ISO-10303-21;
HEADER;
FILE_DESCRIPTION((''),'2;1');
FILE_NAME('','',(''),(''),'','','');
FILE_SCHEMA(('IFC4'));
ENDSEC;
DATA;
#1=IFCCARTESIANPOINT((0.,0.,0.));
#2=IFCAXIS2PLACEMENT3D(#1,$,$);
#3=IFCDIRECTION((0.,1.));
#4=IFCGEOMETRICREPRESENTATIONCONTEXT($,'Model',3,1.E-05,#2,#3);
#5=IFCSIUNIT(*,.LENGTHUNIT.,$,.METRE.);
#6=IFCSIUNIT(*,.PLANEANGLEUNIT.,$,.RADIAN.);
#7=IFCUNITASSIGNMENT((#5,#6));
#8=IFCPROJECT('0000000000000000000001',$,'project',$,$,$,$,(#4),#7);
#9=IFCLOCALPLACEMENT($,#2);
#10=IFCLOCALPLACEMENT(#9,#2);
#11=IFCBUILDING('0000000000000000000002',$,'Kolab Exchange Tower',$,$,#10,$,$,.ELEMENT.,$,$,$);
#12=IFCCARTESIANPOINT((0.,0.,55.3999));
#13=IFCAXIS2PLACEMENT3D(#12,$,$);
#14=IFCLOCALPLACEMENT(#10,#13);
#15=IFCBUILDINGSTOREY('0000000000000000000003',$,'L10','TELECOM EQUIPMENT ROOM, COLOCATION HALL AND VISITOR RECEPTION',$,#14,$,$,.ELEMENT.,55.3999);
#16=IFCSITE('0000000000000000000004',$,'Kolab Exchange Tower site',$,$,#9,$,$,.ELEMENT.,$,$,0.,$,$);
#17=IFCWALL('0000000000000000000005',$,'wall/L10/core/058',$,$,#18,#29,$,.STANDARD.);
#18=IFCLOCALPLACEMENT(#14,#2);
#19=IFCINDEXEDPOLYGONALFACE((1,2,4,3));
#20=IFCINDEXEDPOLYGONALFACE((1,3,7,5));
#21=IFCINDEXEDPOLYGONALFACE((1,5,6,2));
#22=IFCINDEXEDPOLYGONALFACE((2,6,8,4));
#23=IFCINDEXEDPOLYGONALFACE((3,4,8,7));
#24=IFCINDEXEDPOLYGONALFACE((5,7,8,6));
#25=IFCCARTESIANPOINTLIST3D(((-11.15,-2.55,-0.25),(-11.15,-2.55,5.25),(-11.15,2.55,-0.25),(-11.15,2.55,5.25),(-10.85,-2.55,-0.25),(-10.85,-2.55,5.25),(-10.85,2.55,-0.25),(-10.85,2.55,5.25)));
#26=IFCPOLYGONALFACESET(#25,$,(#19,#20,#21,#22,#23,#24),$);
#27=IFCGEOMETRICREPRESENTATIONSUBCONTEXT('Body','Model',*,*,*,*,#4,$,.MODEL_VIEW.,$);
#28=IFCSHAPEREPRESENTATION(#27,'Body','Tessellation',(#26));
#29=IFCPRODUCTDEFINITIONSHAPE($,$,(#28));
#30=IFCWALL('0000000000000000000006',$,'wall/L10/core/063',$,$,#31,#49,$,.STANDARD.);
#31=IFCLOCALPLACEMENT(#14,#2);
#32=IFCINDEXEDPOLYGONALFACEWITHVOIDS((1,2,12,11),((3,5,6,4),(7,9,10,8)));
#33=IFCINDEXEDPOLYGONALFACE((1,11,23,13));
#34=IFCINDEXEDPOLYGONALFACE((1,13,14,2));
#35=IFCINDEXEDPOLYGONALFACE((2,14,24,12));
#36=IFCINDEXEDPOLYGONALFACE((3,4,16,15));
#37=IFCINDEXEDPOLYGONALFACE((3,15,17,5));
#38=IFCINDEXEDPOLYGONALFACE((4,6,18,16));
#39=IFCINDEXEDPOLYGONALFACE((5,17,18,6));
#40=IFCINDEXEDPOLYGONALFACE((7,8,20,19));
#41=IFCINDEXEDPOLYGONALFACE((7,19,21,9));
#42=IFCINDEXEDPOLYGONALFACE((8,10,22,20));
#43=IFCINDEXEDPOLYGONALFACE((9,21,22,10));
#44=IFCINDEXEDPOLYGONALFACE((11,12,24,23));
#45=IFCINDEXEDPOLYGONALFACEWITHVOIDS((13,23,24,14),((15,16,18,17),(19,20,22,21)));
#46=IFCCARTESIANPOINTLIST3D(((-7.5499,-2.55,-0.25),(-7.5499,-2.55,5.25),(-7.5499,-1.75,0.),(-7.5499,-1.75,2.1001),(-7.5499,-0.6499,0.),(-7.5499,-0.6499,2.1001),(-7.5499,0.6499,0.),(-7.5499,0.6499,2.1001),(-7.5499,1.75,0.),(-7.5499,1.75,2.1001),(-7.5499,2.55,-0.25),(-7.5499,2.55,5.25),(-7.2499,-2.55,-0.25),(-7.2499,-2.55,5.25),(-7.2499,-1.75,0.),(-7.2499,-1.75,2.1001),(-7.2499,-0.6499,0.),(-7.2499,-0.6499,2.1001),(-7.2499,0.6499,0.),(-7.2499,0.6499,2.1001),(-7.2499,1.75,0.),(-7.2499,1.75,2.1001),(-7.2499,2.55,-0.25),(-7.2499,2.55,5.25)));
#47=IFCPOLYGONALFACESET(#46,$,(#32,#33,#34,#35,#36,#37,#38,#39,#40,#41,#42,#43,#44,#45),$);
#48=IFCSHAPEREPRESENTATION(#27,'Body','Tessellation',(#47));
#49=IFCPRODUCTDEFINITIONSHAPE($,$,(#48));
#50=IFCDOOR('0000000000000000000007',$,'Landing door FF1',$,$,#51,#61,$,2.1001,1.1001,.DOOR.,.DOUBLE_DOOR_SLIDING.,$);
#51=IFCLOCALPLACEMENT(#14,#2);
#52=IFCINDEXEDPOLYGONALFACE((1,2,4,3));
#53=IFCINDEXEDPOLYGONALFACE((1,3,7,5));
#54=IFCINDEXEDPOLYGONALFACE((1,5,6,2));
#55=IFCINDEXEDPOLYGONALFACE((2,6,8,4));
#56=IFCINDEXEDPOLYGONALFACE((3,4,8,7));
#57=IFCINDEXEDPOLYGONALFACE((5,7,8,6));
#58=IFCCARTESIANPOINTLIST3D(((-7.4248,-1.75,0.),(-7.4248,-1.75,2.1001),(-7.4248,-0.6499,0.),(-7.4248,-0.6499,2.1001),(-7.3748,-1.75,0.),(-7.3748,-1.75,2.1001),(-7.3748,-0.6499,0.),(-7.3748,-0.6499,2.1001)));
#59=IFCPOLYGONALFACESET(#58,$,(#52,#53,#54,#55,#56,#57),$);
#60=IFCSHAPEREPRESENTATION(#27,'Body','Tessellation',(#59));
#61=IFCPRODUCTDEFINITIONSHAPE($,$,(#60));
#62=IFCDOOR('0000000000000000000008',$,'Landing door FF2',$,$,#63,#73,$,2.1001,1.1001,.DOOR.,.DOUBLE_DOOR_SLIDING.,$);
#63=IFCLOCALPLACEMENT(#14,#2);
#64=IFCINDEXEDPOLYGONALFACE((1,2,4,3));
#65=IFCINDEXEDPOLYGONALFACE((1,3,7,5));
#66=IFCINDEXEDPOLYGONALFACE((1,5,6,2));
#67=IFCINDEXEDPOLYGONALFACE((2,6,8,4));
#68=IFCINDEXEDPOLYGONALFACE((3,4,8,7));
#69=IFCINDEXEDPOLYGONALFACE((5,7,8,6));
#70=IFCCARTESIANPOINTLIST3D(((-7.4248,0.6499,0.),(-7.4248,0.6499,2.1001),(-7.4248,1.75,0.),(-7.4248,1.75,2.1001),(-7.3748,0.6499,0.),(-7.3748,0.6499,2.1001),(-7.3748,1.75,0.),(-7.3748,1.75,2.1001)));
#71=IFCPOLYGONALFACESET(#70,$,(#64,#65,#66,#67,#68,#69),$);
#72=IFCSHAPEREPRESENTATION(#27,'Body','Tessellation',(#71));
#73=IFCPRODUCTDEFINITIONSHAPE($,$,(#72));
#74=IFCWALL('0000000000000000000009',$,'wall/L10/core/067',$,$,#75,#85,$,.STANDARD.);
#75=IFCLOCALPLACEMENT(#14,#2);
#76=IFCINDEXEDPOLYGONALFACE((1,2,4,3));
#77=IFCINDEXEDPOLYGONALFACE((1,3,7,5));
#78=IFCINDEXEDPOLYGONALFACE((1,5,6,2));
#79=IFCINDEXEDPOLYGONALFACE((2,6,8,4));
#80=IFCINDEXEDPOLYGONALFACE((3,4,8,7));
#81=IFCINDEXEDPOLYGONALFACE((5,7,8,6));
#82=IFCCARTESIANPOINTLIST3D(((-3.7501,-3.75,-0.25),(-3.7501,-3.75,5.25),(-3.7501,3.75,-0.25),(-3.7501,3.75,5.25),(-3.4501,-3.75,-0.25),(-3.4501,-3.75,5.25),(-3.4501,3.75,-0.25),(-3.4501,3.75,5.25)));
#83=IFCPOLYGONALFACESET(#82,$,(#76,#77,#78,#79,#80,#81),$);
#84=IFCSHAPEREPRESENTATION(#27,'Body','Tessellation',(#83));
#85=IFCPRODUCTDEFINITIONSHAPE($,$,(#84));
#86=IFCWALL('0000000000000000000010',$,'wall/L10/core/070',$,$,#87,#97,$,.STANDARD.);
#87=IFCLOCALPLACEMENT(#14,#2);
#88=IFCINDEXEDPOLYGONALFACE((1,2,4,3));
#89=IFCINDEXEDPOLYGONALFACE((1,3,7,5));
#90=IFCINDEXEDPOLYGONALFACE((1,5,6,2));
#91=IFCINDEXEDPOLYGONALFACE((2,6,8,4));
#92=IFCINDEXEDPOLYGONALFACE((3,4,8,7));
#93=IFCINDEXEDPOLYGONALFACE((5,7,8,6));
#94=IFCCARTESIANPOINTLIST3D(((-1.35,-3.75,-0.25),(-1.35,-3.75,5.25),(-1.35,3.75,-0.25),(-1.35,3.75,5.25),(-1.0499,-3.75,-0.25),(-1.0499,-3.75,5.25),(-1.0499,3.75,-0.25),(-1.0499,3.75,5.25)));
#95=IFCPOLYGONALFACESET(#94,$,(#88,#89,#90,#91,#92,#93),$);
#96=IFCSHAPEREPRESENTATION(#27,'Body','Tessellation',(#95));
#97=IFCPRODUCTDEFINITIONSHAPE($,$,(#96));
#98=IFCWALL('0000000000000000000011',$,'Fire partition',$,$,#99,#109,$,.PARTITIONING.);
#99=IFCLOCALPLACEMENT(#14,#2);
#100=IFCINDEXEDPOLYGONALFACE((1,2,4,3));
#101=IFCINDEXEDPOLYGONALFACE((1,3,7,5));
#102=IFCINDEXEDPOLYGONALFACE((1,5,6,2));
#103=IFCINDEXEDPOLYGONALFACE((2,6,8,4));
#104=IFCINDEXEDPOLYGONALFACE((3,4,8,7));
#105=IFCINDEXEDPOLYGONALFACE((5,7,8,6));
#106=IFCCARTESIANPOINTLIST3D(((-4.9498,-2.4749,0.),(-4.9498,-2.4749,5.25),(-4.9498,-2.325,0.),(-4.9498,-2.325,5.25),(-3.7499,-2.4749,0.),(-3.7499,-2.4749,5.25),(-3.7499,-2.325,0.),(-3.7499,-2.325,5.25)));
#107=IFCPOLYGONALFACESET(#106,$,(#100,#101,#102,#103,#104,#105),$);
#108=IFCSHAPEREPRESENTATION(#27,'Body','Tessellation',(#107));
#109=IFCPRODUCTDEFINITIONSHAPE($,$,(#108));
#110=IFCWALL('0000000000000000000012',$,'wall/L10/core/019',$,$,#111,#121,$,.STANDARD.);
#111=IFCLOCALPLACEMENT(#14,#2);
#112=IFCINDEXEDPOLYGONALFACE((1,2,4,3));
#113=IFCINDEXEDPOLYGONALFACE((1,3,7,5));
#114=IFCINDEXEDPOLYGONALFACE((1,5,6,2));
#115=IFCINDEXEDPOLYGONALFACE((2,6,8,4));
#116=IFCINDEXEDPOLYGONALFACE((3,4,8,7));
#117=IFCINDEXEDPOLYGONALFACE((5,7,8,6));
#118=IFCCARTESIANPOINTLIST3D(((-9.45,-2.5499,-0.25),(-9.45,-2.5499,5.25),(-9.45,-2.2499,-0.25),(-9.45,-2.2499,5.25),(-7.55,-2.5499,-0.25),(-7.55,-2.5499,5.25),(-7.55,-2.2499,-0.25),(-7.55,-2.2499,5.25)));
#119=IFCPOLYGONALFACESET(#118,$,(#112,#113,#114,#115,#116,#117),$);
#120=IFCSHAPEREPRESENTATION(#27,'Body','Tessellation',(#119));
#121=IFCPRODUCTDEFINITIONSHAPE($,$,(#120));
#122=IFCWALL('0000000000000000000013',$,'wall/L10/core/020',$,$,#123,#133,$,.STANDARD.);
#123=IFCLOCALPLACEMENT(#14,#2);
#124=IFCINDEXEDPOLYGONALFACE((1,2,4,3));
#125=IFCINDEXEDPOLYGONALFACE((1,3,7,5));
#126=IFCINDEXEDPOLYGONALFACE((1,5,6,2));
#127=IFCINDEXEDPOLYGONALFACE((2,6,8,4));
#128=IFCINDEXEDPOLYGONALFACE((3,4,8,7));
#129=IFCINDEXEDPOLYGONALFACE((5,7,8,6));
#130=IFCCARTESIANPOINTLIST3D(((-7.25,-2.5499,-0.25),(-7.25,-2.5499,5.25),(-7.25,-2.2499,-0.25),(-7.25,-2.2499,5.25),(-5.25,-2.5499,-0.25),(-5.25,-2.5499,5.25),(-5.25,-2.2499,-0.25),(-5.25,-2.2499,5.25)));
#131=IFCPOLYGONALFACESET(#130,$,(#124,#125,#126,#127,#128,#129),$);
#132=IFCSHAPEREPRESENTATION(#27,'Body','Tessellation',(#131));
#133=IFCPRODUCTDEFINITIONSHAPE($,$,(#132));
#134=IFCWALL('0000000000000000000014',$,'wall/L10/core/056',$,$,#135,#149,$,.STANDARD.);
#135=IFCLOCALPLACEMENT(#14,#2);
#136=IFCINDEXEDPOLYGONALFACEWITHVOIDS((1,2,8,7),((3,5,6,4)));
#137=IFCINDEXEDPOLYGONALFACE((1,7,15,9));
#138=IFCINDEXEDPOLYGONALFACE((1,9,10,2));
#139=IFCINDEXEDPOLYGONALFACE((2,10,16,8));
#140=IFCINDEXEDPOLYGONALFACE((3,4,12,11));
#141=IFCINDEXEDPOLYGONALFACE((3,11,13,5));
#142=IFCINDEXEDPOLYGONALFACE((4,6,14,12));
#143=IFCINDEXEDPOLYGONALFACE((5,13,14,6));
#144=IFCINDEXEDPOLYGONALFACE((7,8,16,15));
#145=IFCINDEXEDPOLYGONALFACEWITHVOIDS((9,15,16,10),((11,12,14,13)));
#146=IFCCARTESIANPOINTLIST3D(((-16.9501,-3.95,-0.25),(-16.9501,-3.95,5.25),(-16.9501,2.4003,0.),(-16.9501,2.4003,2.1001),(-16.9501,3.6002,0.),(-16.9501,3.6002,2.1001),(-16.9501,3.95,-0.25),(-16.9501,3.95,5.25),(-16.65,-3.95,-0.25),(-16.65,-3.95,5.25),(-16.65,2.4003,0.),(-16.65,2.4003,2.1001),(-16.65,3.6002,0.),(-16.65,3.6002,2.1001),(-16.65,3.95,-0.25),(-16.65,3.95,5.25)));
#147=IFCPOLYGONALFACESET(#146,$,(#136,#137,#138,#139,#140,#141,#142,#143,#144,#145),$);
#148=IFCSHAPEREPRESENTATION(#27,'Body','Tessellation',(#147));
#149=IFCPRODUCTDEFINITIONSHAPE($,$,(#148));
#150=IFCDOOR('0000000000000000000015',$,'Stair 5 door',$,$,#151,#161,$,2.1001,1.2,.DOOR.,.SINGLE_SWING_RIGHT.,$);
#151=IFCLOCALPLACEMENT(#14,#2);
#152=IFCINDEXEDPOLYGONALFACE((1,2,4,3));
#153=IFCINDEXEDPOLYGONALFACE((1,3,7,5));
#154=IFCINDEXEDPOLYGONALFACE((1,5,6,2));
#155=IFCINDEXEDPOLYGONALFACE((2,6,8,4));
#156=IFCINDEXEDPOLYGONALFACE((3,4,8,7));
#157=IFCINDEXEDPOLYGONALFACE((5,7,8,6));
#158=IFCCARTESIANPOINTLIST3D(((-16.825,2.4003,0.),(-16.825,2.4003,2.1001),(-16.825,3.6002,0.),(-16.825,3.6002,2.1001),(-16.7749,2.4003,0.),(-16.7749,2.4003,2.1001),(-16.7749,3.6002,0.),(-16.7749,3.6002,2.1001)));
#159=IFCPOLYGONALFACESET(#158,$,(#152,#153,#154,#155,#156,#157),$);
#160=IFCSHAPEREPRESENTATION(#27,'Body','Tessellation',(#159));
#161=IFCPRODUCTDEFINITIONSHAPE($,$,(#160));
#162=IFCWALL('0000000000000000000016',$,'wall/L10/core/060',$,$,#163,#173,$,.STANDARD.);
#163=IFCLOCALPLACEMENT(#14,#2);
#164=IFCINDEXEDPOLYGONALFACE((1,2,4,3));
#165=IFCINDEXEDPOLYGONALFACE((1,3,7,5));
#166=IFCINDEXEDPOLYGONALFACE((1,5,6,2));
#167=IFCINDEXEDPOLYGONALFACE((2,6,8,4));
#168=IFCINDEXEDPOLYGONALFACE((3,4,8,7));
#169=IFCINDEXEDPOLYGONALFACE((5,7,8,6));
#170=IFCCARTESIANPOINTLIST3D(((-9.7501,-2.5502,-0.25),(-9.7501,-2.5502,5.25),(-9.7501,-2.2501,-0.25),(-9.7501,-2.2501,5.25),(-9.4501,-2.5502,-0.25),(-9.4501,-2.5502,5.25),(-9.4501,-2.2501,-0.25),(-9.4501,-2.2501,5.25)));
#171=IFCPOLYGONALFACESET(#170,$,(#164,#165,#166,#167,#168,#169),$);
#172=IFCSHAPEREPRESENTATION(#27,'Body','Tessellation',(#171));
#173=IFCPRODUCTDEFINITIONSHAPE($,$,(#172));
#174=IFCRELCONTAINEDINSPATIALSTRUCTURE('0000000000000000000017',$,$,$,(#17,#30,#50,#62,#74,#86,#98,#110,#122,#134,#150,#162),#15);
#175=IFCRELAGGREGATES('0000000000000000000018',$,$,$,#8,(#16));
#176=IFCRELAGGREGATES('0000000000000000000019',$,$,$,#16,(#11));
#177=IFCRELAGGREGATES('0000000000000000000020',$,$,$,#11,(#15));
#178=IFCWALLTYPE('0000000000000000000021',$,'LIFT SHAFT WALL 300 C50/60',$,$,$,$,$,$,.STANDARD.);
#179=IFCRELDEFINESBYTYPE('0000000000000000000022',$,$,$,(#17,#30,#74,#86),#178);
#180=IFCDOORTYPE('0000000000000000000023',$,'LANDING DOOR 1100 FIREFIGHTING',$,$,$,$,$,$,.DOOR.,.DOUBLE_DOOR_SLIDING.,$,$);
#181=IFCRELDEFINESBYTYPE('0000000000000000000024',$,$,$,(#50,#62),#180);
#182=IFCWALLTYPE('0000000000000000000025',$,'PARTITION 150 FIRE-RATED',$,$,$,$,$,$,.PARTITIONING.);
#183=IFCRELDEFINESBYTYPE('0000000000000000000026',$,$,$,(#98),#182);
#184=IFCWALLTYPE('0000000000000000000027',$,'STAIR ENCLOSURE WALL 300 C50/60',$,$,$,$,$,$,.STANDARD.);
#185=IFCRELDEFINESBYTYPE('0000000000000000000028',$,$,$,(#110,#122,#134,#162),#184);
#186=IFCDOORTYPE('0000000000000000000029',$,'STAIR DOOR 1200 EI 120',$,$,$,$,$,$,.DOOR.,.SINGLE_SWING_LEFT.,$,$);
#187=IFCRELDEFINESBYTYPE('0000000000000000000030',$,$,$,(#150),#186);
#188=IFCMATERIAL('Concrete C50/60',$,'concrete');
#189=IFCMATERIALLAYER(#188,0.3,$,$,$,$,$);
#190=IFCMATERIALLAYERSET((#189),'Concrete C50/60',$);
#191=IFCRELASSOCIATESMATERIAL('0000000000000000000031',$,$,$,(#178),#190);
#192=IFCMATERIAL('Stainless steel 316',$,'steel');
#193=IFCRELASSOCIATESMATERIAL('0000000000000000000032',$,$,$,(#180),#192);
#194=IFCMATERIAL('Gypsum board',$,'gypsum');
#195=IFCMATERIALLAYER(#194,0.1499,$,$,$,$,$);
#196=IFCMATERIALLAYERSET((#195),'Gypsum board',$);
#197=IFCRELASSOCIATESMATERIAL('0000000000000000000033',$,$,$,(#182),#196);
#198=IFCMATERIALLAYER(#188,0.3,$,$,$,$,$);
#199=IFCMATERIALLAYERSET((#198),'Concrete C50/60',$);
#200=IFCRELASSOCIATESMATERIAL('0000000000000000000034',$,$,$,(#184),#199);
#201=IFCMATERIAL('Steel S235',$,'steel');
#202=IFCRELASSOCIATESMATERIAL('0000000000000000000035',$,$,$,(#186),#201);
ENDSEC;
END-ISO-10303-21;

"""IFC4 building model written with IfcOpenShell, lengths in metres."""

from ifc_helpers import new_model, si_unit, direction, frame, frame_2d, origin, place, context, subcontext, project, spatial, rectangle, extrude, material, layer, layer_set, type_object, element, fill, save


model = new_model("IFC4")

# Units and contexts
model_context = context("Model", 3, precision=1e-05, world=origin(), true_north=direction((0.0, 1.0)))
body_context = subcontext(model_context, "Body", "Model", "MODEL_VIEW")
ifc_project = project(units=[si_unit("LENGTHUNIT", "METRE"), si_unit("PLANEANGLEUNIT", "RADIAN")], contexts=[model_context])

# Site, building, storey
site_placement = place(None, origin())
site = spatial("IfcSite", under=ifc_project, at=site_placement, Name="Kolab Exchange Tower site", CompositionType="ELEMENT", RefElevation=0.0)
building_placement = place(site_placement, origin())
building = spatial("IfcBuilding", under=site, at=building_placement, Name="Kolab Exchange Tower", CompositionType="ELEMENT")
storey_placement = place(building_placement, frame((0.0, 0.0, 55.3999)))
storey = spatial("IfcBuildingStorey", under=building, at=storey_placement, Name="L10", Description="TELECOM EQUIPMENT ROOM, COLOCATION HALL AND VISITOR RECEPTION", CompositionType="ELEMENT", Elevation=55.3999)

# Shared definitions
ifc_material_1 = material(Name="Concrete C50/60", Category="concrete")
ifc_layer_1 = layer(ifc_material_1, 0.3)
ifc_layer_set_1 = layer_set([ifc_layer_1], Name="Concrete C50/60")
wall_type_1 = type_object("IfcWallType", Name="LIFT SHAFT WALL 300 C50/60", PredefinedType="STANDARD", material=ifc_layer_set_1)

# Shared definitions
ifc_material_2 = material(Name="Steel S235", Category="steel")

# Wall
wall_1_placement = place(storey_placement, frame((-11.0, -2.55, -0.25), z_axis=(0.0, 0.0, 1.0), x_axis=(0.0, 1.0, 0.0)))
element("IfcWall", 1, at=wall_1_placement, inside=storey, type_object=wall_type_1, Name="wall/L10/core/058", PredefinedType="STANDARD", context=body_context, shape_type="SweptSolid", body=[
    extrude(rectangle(XDim=5.1001, YDim=0.3, at=frame_2d((2.55, 0.0))), origin(), (0.0, 0.0, 1.0), 5.5),
])

# Wall, openings, doors
wall_2_placement = place(storey_placement, frame((-7.3999, -2.55, -0.25), z_axis=(0.0, 0.0, 1.0), x_axis=(0.0, 1.0, 0.0)))
wall_2 = element("IfcWall", 2, at=wall_2_placement, inside=storey, type_object=wall_type_1, Name="wall/L10/core/063", PredefinedType="STANDARD", context=body_context, shape_type="SweptSolid", body=[
    extrude(rectangle(XDim=5.1001, YDim=0.3, at=frame_2d((2.55, 0.0))), origin(), (0.0, 0.0, 1.0), 5.5),
])
opening_1_placement = place(wall_2_placement, frame((0.8, 0.0, 0.25)))
opening_1 = element("IfcOpeningElement", 3, at=opening_1_placement, cuts=wall_2, PredefinedType="OPENING", context=body_context, shape_type="SweptSolid", body=[
    extrude(rectangle(XDim=1.1001, YDim=2.1001, at=frame_2d((0.55, 1.05))), frame((0.0, 0.1602, 0.0), z_axis=(0.0, -1.0, 0.0), x_axis=(1.0, 0.0, 0.0)), (0.0, 0.0, 1.0), 0.3201),
])
opening_2_placement = place(wall_2_placement, frame((3.2, 0.0, 0.25)))
opening_2 = element("IfcOpeningElement", 4, at=opening_2_placement, cuts=wall_2, PredefinedType="OPENING", context=body_context, shape_type="SweptSolid", body=[
    extrude(rectangle(XDim=1.1001, YDim=2.1001, at=frame_2d((0.55, 1.05))), frame((0.0, 0.1602, 0.0), z_axis=(0.0, -1.0, 0.0), x_axis=(1.0, 0.0, 0.0)), (0.0, 0.0, 1.0), 0.3201),
])
ifc_material_3 = material(Name="Stainless steel 316", Category="steel")
door_type_1 = type_object("IfcDoorType", Name="LANDING DOOR 1100 FIREFIGHTING", OperationType="DOUBLE_DOOR_SLIDING", PredefinedType="DOOR", material=ifc_material_3)
door_1_placement = place(opening_1_placement, origin())
door_1 = element("IfcDoor", 5, at=door_1_placement, inside=storey, type_object=door_type_1, Name="Landing door FF1", OperationType="DOUBLE_DOOR_SLIDING", OverallHeight=2.1001, OverallWidth=1.1001, PredefinedType="DOOR", context=body_context, shape_type="SweptSolid", body=[
    extrude(rectangle(XDim=1.1001, YDim=2.1001, at=frame_2d((0.55, 1.05))), frame((0.0, 0.0249, 0.0), z_axis=(0.0, -1.0, 0.0), x_axis=(1.0, 0.0, 0.0)), (0.0, 0.0, 1.0), 0.05),
])
fill(opening_1, door_1)
door_2_placement = place(opening_2_placement, origin())
door_2 = element("IfcDoor", 6, at=door_2_placement, inside=storey, type_object=door_type_1, Name="Landing door FF2", OperationType="DOUBLE_DOOR_SLIDING", OverallHeight=2.1001, OverallWidth=1.1001, PredefinedType="DOOR", context=body_context, shape_type="SweptSolid", body=[
    extrude(rectangle(XDim=1.1001, YDim=2.1001, at=frame_2d((0.55, 1.05))), frame((0.0, 0.0249, 0.0), z_axis=(0.0, -1.0, 0.0), x_axis=(1.0, 0.0, 0.0)), (0.0, 0.0, 1.0), 0.05),
])
fill(opening_2, door_2)

# Walls
for number, where, z_axis, x_axis, name in (
    (7, (-3.6001, -3.75, -0.25), (0.0, 0.0, 1.0), (0.0, 1.0, 0.0), "wall/L10/core/067"),
    (8, (-1.2, -3.75, -0.25), (0.0, 0.0, 1.0), (0.0, 1.0, 0.0), "wall/L10/core/070"),
):
    element("IfcWall", number, at=place(storey_placement, frame(where, z_axis=z_axis, x_axis=x_axis)), inside=storey, type_object=wall_type_1, Name=name, PredefinedType="STANDARD", context=body_context, shape_type="SweptSolid", body=[
        extrude(rectangle(XDim=7.5, YDim=0.3, at=frame_2d((3.75, 0.0))), origin(), (0.0, 0.0, 1.0), 5.5),
    ])
ifc_material_4 = material(Name="Gypsum board", Category="gypsum")
ifc_layer_2 = layer(ifc_material_4, 0.1499)
ifc_layer_set_2 = layer_set([ifc_layer_2], Name="Gypsum board")
wall_type_2 = type_object("IfcWallType", Name="PARTITION 150 FIRE-RATED", PredefinedType="PARTITIONING", material=ifc_layer_set_2)
wall_3_placement = place(storey_placement, frame((-4.95, -2.3999, 0.0), z_axis=(0.0, 0.0, 1.0), x_axis=(1.0, 0.0, 0.0)))
element("IfcWall", 9, at=wall_3_placement, inside=storey, type_object=wall_type_2, Name="Fire partition", PredefinedType="PARTITIONING", context=body_context, shape_type="SweptSolid", body=[
    extrude(rectangle(XDim=1.2, YDim=0.1499, at=frame_2d((0.6001, 0.0))), origin(), (0.0, 0.0, 1.0), 5.25),
])
ifc_layer_3 = layer(ifc_material_1, 0.3)
ifc_layer_set_3 = layer_set([ifc_layer_3], Name="Concrete C50/60")
wall_type_3 = type_object("IfcWallType", Name="STAIR ENCLOSURE WALL 300 C50/60", PredefinedType="STANDARD", material=ifc_layer_set_3)
wall_4_placement = place(storey_placement, frame((-9.45, -2.3999, -0.25), z_axis=(0.0, 0.0, 1.0), x_axis=(1.0, 0.0, 0.0)))
element("IfcWall", 10, at=wall_4_placement, inside=storey, type_object=wall_type_3, Name="wall/L10/core/019", PredefinedType="STANDARD", context=body_context, shape_type="SweptSolid", body=[
    extrude(rectangle(XDim=1.8999, YDim=0.3, at=frame_2d((0.95, 0.0))), origin(), (0.0, 0.0, 1.0), 5.5),
])
wall_5_placement = place(storey_placement, frame((-7.25, -2.3999, -0.25), z_axis=(0.0, 0.0, 1.0), x_axis=(1.0, 0.0, 0.0)))
element("IfcWall", 11, at=wall_5_placement, inside=storey, type_object=wall_type_3, Name="wall/L10/core/020", PredefinedType="STANDARD", context=body_context, shape_type="SweptSolid", body=[
    extrude(rectangle(XDim=2.0, YDim=0.3, at=frame_2d((1.0, 0.0))), origin(), (0.0, 0.0, 1.0), 5.5),
])

# Wall, opening, door
wall_6_placement = place(storey_placement, frame((-16.8, -3.95, -0.25), z_axis=(0.0, 0.0, 1.0), x_axis=(0.0, 1.0, 0.0)))
wall_6 = element("IfcWall", 12, at=wall_6_placement, inside=storey, type_object=wall_type_3, Name="wall/L10/core/056", PredefinedType="STANDARD", context=body_context, shape_type="SweptSolid", body=[
    extrude(rectangle(XDim=7.8999, YDim=0.3, at=frame_2d((3.95, 0.0))), origin(), (0.0, 0.0, 1.0), 5.5),
])
opening_3_placement = place(wall_6_placement, frame((6.3501, 0.0, 0.25)))
opening_3 = element("IfcOpeningElement", 13, at=opening_3_placement, cuts=wall_6, PredefinedType="OPENING", context=body_context, shape_type="SweptSolid", body=[
    extrude(rectangle(XDim=1.2, YDim=2.1001, at=frame_2d((0.6001, 1.05))), frame((0.0, 0.1602, 0.0), z_axis=(0.0, -1.0, 0.0), x_axis=(1.0, 0.0, 0.0)), (0.0, 0.0, 1.0), 0.3201),
])
door_type_2 = type_object("IfcDoorType", Name="STAIR DOOR 1200 EI 120", OperationType="SINGLE_SWING_LEFT", PredefinedType="DOOR", material=ifc_material_2)
door_3_placement = place(opening_3_placement, origin())
door_3 = element("IfcDoor", 14, at=door_3_placement, inside=storey, type_object=door_type_2, Name="Stair 5 door", OperationType="SINGLE_SWING_RIGHT", OverallHeight=2.1001, OverallWidth=1.2, PredefinedType="DOOR", context=body_context, shape_type="SweptSolid", body=[
    extrude(rectangle(XDim=1.2, YDim=2.1001, at=frame_2d((0.6001, 1.05))), frame((0.0, 0.0249, 0.0), z_axis=(0.0, -1.0, 0.0), x_axis=(1.0, 0.0, 0.0)), (0.0, 0.0, 1.0), 0.05),
])
fill(opening_3, door_3)

# Wall
wall_7_placement = place(storey_placement, frame((-9.6001, -2.55, -0.25), z_axis=(0.0, 0.0, 1.0), x_axis=(0.0, 1.0, 0.0)))
element("IfcWall", 15, at=wall_7_placement, inside=storey, type_object=wall_type_3, Name="wall/L10/core/060", PredefinedType="STANDARD", context=body_context, shape_type="SweptSolid", body=[
    extrude(rectangle(XDim=0.3, YDim=0.3, at=frame_2d((0.1499, 0.0))), origin(), (0.0, 0.0, 1.0), 5.5),
])

save(model, "model.ifc")
